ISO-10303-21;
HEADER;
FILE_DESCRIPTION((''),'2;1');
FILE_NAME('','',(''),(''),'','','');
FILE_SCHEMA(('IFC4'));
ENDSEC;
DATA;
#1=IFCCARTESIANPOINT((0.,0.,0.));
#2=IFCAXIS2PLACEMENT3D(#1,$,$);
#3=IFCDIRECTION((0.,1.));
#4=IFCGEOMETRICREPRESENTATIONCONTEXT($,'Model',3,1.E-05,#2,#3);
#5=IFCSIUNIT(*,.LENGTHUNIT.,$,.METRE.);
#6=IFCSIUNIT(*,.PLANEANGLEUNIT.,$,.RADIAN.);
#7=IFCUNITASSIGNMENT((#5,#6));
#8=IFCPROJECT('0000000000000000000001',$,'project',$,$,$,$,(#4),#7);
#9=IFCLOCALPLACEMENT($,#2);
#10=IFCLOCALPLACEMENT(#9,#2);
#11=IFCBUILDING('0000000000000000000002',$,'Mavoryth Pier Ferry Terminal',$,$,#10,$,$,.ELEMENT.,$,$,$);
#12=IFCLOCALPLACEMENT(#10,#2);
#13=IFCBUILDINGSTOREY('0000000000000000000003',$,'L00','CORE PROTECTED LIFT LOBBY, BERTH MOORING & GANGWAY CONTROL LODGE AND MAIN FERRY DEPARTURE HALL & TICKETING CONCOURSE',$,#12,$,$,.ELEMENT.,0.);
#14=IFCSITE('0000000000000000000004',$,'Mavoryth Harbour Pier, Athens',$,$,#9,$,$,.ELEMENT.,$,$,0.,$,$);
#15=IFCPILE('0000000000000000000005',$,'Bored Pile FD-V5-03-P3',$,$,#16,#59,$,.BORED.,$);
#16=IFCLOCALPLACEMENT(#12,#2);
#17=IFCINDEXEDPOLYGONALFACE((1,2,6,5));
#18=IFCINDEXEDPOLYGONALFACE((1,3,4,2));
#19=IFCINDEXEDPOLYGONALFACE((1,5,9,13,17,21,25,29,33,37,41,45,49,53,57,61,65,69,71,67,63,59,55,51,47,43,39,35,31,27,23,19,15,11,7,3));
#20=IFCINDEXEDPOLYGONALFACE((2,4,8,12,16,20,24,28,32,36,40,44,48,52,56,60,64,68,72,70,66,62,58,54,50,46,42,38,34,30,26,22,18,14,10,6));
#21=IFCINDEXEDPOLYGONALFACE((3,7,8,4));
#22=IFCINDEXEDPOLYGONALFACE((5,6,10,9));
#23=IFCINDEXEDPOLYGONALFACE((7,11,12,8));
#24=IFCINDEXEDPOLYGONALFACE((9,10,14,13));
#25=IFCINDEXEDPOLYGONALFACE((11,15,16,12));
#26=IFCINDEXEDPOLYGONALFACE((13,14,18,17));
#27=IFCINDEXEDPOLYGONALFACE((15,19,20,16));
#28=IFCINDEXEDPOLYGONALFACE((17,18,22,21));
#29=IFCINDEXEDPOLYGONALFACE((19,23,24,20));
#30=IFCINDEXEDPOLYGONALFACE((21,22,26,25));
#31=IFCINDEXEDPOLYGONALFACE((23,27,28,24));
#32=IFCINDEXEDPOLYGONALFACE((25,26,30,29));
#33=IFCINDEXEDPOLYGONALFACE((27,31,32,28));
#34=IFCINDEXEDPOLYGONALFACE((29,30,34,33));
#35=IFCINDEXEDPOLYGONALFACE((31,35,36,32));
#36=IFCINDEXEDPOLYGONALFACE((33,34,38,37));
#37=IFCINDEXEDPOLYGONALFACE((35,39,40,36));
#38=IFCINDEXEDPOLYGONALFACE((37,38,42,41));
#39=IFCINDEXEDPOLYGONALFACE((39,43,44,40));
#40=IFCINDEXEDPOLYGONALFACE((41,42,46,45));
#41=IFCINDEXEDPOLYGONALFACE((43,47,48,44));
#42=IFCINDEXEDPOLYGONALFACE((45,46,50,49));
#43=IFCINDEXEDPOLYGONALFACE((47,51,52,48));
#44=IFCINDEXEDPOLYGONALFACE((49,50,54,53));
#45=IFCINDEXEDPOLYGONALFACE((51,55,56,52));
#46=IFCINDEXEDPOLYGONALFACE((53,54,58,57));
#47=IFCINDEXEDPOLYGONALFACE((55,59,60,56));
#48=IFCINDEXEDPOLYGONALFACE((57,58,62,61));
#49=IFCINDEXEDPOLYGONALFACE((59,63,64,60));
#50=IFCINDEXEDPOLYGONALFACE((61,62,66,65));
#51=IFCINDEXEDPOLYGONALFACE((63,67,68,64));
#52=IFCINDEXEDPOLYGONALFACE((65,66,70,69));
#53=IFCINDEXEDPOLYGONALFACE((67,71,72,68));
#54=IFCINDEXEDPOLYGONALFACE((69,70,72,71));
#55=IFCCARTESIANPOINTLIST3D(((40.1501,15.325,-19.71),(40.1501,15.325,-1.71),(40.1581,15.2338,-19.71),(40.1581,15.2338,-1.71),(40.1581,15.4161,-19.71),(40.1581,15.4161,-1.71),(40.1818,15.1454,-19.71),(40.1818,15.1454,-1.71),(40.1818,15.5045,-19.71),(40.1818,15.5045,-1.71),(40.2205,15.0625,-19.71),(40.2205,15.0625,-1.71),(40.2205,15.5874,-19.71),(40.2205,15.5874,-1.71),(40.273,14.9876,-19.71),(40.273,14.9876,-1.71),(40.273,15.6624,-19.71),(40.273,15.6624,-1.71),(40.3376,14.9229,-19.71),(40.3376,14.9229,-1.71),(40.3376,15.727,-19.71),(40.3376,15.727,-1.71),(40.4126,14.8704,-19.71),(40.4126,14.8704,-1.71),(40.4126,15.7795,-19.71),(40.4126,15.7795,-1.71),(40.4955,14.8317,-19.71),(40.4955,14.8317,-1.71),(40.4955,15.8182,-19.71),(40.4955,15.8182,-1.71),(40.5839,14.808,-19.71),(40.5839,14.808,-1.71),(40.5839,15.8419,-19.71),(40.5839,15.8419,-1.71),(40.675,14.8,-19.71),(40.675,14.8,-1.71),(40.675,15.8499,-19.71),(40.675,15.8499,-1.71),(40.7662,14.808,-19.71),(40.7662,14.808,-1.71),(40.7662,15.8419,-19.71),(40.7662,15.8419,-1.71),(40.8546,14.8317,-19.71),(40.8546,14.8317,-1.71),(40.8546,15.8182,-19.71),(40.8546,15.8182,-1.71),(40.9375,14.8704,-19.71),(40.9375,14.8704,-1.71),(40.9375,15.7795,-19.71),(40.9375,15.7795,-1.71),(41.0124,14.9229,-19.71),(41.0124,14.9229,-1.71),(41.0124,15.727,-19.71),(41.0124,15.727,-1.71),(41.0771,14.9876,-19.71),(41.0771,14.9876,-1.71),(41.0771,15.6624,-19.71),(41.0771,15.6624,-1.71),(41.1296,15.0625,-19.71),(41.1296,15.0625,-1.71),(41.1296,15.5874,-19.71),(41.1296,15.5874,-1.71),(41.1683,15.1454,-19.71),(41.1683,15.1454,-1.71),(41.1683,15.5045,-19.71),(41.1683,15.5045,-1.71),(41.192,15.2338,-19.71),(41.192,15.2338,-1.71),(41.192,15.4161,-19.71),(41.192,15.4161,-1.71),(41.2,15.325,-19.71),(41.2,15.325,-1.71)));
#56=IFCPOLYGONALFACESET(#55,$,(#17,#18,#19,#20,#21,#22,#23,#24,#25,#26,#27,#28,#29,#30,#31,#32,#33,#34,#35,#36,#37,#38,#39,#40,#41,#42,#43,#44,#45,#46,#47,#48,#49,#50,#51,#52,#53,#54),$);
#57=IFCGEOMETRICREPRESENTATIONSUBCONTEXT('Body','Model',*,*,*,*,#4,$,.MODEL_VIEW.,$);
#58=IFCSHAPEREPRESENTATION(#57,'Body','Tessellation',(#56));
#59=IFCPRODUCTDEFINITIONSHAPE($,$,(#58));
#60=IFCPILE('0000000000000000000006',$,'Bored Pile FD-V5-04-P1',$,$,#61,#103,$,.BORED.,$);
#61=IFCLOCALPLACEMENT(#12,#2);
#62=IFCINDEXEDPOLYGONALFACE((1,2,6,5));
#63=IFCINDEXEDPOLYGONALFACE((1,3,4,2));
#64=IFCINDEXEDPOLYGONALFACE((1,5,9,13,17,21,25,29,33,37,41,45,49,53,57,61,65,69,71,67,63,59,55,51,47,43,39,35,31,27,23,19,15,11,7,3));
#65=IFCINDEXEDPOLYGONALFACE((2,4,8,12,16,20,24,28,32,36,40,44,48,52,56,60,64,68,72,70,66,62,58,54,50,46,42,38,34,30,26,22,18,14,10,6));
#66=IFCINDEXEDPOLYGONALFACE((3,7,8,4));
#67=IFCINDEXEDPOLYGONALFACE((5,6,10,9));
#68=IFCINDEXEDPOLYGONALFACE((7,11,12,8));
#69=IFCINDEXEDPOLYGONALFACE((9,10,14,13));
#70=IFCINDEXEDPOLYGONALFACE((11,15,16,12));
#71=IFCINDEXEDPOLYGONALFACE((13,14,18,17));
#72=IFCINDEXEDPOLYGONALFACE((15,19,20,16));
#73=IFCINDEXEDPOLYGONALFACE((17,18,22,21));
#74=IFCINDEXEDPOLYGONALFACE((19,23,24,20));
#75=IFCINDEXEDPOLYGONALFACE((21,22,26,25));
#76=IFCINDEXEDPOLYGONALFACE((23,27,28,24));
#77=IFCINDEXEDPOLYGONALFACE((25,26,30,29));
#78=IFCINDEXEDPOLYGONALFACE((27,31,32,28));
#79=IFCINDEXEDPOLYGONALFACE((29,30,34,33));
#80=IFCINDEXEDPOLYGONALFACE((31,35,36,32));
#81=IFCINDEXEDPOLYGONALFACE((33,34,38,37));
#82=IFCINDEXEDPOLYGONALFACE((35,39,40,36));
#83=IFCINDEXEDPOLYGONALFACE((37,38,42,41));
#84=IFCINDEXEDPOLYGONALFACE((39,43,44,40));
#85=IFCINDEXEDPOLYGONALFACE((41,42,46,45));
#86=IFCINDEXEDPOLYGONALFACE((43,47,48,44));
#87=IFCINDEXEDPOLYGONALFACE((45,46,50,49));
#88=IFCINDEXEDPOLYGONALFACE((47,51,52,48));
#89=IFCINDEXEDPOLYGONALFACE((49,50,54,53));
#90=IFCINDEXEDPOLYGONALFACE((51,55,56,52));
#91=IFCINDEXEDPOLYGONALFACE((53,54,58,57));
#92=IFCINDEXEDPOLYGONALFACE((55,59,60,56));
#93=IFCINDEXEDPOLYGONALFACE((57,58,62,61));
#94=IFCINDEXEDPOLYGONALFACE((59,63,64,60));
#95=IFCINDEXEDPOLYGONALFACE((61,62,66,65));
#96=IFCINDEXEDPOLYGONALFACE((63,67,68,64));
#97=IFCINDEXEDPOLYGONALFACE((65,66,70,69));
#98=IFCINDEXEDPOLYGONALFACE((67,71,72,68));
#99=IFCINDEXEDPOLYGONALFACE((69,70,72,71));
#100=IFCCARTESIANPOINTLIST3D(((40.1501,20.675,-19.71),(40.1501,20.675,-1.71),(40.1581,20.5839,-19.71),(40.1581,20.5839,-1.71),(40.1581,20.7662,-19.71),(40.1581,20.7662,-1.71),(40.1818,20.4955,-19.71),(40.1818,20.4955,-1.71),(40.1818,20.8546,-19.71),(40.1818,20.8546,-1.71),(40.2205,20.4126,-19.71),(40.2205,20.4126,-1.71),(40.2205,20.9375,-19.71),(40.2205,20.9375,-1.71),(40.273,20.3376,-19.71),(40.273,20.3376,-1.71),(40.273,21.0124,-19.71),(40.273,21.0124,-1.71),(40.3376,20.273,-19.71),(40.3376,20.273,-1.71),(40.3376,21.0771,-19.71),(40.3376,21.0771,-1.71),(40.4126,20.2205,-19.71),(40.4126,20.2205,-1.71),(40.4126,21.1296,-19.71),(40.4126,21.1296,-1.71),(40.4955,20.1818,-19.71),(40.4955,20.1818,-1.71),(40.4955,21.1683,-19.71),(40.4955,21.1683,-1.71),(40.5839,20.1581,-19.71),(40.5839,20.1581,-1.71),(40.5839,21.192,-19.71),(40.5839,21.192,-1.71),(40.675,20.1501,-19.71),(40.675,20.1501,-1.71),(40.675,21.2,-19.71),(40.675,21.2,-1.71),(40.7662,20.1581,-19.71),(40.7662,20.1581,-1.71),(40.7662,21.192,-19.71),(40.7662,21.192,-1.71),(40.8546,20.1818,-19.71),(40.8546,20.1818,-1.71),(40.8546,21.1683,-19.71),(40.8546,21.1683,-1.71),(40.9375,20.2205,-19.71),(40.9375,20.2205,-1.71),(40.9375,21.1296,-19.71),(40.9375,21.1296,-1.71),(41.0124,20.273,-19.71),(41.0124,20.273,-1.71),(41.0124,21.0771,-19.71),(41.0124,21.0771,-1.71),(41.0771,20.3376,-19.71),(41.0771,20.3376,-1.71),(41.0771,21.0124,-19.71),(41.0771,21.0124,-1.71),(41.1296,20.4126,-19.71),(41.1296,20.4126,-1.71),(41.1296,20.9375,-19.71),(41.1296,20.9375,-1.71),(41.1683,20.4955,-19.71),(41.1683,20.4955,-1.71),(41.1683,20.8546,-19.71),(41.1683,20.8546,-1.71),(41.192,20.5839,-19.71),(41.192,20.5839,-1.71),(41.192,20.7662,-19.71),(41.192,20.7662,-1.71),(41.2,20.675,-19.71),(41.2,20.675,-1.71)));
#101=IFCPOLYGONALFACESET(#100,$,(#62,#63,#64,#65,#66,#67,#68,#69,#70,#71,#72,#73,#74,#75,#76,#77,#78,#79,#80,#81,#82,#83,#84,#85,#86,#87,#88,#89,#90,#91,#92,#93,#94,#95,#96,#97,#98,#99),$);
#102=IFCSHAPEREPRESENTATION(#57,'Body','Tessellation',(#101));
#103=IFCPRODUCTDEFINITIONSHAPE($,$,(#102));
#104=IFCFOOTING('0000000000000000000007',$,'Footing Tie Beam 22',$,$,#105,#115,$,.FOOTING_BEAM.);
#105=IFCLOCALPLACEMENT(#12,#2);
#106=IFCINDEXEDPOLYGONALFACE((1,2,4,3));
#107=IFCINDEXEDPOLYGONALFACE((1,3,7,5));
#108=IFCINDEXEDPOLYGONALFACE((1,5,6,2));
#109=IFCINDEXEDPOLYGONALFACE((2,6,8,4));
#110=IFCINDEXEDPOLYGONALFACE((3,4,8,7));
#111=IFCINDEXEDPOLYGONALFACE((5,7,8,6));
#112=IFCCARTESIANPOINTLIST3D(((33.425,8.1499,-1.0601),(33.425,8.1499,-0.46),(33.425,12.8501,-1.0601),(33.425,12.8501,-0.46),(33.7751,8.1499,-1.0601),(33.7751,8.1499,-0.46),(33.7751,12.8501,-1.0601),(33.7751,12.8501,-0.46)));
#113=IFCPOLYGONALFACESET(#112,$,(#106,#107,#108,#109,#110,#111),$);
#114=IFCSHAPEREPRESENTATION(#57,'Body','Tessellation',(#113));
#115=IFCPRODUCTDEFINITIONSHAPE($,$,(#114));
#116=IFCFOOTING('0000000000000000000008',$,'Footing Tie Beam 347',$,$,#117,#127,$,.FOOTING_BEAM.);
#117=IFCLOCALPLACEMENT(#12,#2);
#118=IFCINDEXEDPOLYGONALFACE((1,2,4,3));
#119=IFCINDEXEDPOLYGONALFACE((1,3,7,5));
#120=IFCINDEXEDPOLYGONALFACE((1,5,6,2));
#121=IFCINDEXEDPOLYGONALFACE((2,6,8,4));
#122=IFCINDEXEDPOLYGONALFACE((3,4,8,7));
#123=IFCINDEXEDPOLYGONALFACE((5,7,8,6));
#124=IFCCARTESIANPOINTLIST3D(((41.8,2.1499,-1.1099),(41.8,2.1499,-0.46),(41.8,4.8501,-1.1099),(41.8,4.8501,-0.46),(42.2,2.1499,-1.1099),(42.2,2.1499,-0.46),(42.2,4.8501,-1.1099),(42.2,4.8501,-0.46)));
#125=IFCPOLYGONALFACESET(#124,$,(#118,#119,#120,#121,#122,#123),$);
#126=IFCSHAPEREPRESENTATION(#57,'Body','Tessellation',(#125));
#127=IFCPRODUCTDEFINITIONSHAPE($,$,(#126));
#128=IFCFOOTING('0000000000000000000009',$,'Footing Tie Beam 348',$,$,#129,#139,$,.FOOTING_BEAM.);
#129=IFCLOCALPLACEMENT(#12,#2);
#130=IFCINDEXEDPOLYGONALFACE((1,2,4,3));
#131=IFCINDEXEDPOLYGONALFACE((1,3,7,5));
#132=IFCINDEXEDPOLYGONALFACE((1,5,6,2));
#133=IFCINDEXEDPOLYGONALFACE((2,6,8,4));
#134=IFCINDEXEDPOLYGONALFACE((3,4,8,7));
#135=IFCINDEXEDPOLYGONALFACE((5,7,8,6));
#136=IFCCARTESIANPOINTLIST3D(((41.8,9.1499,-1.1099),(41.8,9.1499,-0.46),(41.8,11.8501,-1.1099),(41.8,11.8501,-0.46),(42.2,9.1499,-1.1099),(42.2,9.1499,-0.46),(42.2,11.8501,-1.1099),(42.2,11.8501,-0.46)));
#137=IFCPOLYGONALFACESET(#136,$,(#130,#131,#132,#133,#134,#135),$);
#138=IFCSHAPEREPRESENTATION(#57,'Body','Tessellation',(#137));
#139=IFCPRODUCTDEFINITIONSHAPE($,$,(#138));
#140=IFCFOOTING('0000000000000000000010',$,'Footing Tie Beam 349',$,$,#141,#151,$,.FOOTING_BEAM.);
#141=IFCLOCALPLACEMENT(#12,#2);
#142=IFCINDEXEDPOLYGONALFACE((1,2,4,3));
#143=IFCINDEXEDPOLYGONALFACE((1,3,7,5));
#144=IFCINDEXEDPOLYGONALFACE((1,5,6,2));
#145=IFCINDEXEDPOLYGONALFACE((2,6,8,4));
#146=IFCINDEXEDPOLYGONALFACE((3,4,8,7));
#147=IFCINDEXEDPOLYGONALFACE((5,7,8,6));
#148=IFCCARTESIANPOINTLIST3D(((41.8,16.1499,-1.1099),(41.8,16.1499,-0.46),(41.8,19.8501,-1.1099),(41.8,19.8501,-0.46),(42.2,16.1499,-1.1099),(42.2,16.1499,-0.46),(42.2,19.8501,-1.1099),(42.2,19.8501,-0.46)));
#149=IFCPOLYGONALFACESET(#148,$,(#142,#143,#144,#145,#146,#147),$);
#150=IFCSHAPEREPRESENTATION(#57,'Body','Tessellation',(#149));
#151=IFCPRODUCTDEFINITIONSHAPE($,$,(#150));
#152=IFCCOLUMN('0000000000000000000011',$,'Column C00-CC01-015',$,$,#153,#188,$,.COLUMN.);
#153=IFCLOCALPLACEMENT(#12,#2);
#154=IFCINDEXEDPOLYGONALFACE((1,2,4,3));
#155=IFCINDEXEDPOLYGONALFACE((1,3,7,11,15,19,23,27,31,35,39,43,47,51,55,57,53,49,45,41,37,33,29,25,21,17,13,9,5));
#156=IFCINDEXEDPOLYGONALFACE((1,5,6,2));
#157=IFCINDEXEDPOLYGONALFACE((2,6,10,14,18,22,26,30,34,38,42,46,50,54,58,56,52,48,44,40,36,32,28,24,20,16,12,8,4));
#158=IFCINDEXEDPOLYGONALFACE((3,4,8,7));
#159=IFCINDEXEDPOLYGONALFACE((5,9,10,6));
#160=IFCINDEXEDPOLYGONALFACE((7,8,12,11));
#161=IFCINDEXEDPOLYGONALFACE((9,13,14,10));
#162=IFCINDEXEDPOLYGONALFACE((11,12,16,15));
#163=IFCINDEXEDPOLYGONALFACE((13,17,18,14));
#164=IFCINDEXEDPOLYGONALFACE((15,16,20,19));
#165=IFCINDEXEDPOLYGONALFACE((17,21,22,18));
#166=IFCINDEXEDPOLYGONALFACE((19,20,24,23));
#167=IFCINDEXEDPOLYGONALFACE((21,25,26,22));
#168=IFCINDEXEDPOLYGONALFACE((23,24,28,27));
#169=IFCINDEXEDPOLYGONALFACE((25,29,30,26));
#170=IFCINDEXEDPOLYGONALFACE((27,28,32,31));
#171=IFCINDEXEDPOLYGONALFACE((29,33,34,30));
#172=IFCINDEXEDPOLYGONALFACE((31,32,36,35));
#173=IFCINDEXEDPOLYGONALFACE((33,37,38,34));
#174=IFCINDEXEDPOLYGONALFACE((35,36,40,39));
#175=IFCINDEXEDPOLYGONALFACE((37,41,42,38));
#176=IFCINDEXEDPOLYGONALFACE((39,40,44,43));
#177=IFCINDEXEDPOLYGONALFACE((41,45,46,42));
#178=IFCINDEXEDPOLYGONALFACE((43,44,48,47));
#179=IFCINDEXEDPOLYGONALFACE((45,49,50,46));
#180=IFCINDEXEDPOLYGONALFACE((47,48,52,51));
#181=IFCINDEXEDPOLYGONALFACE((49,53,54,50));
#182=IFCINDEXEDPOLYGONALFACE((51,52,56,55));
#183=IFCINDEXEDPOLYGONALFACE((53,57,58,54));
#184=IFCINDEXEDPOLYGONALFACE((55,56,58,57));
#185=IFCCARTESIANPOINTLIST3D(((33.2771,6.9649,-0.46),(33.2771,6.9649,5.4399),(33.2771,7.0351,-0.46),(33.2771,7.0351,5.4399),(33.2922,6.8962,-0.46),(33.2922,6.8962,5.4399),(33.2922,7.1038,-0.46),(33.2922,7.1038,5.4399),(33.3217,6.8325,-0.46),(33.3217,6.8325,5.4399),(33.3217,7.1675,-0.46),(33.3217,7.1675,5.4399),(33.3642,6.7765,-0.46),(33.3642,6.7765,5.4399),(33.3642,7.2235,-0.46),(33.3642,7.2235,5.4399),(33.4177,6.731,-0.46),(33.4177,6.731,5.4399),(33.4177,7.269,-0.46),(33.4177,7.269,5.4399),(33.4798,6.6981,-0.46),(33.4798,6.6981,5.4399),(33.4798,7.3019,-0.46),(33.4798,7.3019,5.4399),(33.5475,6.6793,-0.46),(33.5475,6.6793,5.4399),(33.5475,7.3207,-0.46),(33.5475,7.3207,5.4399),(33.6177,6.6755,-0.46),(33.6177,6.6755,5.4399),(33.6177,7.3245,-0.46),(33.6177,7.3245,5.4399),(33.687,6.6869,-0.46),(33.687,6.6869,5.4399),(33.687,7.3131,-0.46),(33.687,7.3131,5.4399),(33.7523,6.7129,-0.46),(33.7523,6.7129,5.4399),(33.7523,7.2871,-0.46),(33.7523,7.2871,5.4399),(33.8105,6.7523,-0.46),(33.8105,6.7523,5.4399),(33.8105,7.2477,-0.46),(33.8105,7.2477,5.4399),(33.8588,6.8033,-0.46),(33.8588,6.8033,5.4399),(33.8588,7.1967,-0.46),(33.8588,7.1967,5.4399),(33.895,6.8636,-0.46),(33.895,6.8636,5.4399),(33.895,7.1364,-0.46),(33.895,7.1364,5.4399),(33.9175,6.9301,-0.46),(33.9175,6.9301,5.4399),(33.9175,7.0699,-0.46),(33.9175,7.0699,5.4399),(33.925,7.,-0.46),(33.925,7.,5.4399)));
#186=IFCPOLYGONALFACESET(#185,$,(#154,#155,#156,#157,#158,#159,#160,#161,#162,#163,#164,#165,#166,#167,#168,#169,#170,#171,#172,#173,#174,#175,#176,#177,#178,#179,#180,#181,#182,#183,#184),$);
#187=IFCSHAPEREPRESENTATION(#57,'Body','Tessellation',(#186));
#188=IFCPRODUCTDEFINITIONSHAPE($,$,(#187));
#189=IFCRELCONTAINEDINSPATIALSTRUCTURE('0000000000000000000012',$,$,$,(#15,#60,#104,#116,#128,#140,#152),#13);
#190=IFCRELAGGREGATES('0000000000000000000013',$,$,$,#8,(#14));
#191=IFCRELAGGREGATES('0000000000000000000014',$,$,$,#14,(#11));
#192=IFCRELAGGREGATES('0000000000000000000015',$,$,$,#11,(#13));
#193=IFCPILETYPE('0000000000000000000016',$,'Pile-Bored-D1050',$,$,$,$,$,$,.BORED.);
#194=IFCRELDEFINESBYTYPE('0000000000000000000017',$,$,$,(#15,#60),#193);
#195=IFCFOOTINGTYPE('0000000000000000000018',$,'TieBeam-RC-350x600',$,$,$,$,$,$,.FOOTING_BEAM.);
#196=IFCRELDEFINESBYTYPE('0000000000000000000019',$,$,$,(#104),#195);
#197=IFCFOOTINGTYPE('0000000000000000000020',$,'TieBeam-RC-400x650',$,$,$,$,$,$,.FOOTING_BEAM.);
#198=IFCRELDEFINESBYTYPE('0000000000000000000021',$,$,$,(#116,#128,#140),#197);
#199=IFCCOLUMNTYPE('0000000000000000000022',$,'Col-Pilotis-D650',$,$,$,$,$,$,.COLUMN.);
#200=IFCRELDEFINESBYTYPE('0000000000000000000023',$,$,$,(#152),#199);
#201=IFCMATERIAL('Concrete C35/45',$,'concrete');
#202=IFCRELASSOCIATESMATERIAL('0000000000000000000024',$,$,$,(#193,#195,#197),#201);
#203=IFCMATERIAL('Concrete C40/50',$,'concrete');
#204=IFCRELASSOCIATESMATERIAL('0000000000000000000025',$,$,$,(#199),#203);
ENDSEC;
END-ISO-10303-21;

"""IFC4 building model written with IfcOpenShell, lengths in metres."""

from ifc_helpers import new_model, si_unit, direction, frame, origin, origin_2d, place, context, subcontext, project, spatial, rectangle, circle, extrude, material, material_profile, profile_set, type_object, element, save


model = new_model("IFC4")

# Units and contexts
model_context = context("Model", 3, precision=1e-05, world=origin(), true_north=direction((0.0, 1.0)))
body_context = subcontext(model_context, "Body", "Model", "MODEL_VIEW")
ifc_project = project(units=[si_unit("LENGTHUNIT", "METRE"), si_unit("PLANEANGLEUNIT", "RADIAN")], contexts=[model_context])

# Site, building, storey
site_placement = place(None, origin())
site = spatial("IfcSite", under=ifc_project, at=site_placement, Name="Mavoryth Harbour Pier, Athens", CompositionType="ELEMENT", RefElevation=0.0)
building_placement = place(site_placement, origin())
building = spatial("IfcBuilding", under=site, at=building_placement, Name="Mavoryth Pier Ferry Terminal", CompositionType="ELEMENT")
storey_placement = place(building_placement, origin())
storey = spatial("IfcBuildingStorey", under=building, at=storey_placement, Name="L00", Description="CORE PROTECTED LIFT LOBBY, BERTH MOORING & GANGWAY CONTROL LODGE AND MAIN FERRY DEPARTURE HALL & TICKETING CONCOURSE", CompositionType="ELEMENT", Elevation=0.0)

# Shared definitions
ifc_material_1 = material(Name="Concrete C35/45", Category="concrete")

# Piles
ifc_material_profile_1 = material_profile(ifc_material_1, circle(Radius=0.5249, at=origin_2d()), Name="PILE D1050", Category="concrete")
ifc_profile_set_1 = profile_set([ifc_material_profile_1], Name="Concrete C35/45 - PILE D1050")
pile_type = type_object("IfcPileType", Name="Pile-Bored-D1050", PredefinedType="BORED", material=ifc_profile_set_1)
for number, where, z_axis, x_axis, name in (
    (1, (40.675, 15.325, -1.71), (0.0, 0.0, -1.0), (1.0, 0.0, 0.0), "Bored Pile FD-V5-03-P3"),
    (2, (40.675, 20.675, -1.71), (0.0, 0.0, -1.0), (1.0, 0.0, 0.0), "Bored Pile FD-V5-04-P1"),
):
    element("IfcPile", number, at=place(storey_placement, frame(where, z_axis=z_axis, x_axis=x_axis)), inside=storey, type_object=pile_type, Name=name, PredefinedType="BORED", context=body_context, shape_type="SweptSolid", body=[
        extrude(circle(Radius=0.5249, at=origin_2d()), origin(), (0.0, 0.0, 1.0), 18.0),
    ])

# Footings
ifc_material_profile_2 = material_profile(ifc_material_1, rectangle(XDim=0.3501, YDim=0.6001, at=origin_2d()), Name="RC 350x600", Category="concrete")
ifc_profile_set_2 = profile_set([ifc_material_profile_2], Name="Concrete C35/45 - RC 350x600")
footing_type_1 = type_object("IfcFootingType", Name="TieBeam-RC-350x600", PredefinedType="FOOTING_BEAM", material=ifc_profile_set_2)
footing_1_placement = place(storey_placement, frame((33.6001, 8.1499, -0.76), z_axis=(0.0, 1.0, 0.0), x_axis=(-1.0, 0.0, 0.0)))
element("IfcFooting", 3, at=footing_1_placement, inside=storey, type_object=footing_type_1, Name="Footing Tie Beam 22", PredefinedType="FOOTING_BEAM", context=body_context, shape_type="SweptSolid", body=[
    extrude(rectangle(XDim=0.3501, YDim=0.6001, at=origin_2d()), origin(), (0.0, 0.0, 1.0), 4.7002),
])
ifc_material_profile_3 = material_profile(ifc_material_1, rectangle(XDim=0.3999, YDim=0.6499, at=origin_2d()), Name="RC 400x650", Category="concrete")
ifc_profile_set_3 = profile_set([ifc_material_profile_3], Name="Concrete C35/45 - RC 400x650")
footing_type_2 = type_object("IfcFootingType", Name="TieBeam-RC-400x650", PredefinedType="FOOTING_BEAM", material=ifc_profile_set_3)
for number, where, z_axis, x_axis, name in (
    (4, (42.0, 2.1499, -0.7849), (0.0, 1.0, 0.0), (-1.0, 0.0, 0.0), "Footing Tie Beam 347"),
    (5, (42.0, 9.1499, -0.7849), (0.0, 1.0, 0.0), (-1.0, 0.0, 0.0), "Footing Tie Beam 348"),
):
    element("IfcFooting", number, at=place(storey_placement, frame(where, z_axis=z_axis, x_axis=x_axis)), inside=storey, type_object=footing_type_2, Name=name, PredefinedType="FOOTING_BEAM", context=body_context, shape_type="SweptSolid", body=[
        extrude(rectangle(XDim=0.3999, YDim=0.6499, at=origin_2d()), origin(), (0.0, 0.0, 1.0), 2.7002),
    ])
footing_2_placement = place(storey_placement, frame((42.0, 16.1499, -0.7849), z_axis=(0.0, 1.0, 0.0), x_axis=(-1.0, 0.0, 0.0)))
element("IfcFooting", 6, at=footing_2_placement, inside=storey, type_object=footing_type_2, Name="Footing Tie Beam 349", PredefinedType="FOOTING_BEAM", context=body_context, shape_type="SweptSolid", body=[
    extrude(rectangle(XDim=0.3999, YDim=0.6499, at=origin_2d()), origin(), (0.0, 0.0, 1.0), 3.7002),
])

# Column
ifc_material_2 = material(Name="Concrete C40/50", Category="concrete")
ifc_material_profile_4 = material_profile(ifc_material_2, circle(Radius=0.325, at=origin_2d()), Name="RC D650", Category="concrete")
ifc_profile_set_4 = profile_set([ifc_material_profile_4], Name="Concrete C40/50 - RC D650")
column_type_1 = type_object("IfcColumnType", Name="Col-Pilotis-D650", PredefinedType="COLUMN", material=ifc_profile_set_4)
for number, where, z_axis, x_axis, name in (
    (7, (33.6001, 7.0, -0.46), (0.0, 0.0, 1.0), (1.0, 0.0, 0.0), "Column C00-CC01-015"),
):
    element("IfcColumn", number, at=place(storey_placement, frame(where, z_axis=z_axis, x_axis=x_axis)), inside=storey, type_object=column_type_1, Name=name, PredefinedType="COLUMN", context=body_context, shape_type="SweptSolid", body=[
        extrude(circle(Radius=0.325, at=origin_2d()), origin(), (0.0, 0.0, 1.0), 5.8999),
    ])

save(model, "model.ifc")
